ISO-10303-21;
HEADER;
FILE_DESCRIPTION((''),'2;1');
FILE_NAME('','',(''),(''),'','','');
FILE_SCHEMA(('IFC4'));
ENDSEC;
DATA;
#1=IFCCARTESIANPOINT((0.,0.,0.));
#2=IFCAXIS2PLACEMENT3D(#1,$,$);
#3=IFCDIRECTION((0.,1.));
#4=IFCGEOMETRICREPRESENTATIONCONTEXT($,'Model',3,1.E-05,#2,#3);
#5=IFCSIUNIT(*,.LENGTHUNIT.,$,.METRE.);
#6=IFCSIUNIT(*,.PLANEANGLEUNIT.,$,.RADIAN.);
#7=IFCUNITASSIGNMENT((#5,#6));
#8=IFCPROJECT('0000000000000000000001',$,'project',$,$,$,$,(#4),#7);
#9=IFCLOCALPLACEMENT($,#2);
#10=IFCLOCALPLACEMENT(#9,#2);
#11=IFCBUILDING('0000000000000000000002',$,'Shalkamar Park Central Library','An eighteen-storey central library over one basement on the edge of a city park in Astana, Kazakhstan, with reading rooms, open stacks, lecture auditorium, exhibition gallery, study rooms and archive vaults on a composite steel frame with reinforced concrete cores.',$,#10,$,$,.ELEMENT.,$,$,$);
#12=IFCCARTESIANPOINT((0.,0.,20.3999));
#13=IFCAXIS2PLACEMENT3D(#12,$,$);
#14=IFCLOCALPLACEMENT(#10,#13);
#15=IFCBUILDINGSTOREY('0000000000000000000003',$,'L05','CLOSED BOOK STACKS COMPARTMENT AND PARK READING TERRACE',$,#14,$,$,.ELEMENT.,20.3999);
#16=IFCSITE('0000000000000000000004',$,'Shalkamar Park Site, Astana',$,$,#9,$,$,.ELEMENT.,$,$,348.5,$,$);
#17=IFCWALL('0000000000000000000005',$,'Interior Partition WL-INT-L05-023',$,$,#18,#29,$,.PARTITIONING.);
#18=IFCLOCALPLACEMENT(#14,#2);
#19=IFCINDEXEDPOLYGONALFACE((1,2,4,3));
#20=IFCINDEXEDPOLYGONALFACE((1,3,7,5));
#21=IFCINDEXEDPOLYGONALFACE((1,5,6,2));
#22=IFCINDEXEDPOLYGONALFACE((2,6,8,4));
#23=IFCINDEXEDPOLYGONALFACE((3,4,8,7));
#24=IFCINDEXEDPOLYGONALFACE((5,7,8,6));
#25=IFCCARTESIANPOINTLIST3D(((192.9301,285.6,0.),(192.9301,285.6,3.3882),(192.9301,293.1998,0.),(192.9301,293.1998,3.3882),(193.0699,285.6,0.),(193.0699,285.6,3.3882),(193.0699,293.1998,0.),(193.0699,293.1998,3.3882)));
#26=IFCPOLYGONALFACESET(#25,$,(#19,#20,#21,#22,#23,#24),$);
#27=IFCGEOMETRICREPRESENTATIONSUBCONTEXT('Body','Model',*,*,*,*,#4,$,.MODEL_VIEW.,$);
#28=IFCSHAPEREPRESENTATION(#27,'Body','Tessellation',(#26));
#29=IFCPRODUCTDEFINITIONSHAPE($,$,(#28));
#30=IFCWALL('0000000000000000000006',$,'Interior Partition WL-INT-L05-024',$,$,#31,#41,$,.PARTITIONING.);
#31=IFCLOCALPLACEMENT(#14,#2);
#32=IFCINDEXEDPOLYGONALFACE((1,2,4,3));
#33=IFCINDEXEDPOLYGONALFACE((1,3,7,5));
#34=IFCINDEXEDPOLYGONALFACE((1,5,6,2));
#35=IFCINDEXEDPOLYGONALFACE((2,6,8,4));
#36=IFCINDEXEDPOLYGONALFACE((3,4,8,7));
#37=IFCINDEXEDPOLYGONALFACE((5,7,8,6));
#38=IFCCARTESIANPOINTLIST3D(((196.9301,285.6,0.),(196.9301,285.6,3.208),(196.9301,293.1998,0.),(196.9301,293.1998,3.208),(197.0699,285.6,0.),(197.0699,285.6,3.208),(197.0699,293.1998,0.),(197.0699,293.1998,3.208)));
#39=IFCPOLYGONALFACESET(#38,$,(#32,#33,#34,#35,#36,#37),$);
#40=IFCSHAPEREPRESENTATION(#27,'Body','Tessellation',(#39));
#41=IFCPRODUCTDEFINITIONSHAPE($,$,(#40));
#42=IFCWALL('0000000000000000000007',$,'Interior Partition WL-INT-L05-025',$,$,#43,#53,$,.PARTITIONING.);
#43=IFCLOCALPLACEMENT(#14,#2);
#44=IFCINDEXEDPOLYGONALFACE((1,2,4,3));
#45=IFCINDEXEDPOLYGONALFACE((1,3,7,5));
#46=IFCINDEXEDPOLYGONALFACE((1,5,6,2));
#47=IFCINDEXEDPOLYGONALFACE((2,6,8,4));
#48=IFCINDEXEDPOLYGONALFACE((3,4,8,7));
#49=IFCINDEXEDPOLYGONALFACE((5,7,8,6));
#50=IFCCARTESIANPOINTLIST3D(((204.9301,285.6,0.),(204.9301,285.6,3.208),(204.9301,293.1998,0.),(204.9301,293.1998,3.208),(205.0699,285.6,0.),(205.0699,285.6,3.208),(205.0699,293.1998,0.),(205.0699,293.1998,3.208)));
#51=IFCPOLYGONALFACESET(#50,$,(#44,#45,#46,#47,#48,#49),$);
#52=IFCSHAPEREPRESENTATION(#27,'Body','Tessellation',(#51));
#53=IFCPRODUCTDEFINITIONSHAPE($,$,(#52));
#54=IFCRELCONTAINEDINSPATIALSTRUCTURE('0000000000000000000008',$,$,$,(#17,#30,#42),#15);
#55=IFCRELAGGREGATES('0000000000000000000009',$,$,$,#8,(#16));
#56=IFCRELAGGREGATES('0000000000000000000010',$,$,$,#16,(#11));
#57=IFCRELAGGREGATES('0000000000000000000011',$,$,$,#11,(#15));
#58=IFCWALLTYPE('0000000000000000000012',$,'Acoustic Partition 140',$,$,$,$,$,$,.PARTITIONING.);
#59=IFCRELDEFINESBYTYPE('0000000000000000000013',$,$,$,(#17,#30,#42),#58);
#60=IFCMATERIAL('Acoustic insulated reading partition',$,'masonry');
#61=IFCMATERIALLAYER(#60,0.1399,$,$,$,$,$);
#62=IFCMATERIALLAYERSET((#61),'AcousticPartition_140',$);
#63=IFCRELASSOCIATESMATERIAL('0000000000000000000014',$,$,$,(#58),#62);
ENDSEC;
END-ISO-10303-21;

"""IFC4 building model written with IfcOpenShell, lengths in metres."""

from ifc_helpers import new_model, si_unit, direction, frame, frame_2d, origin, place, context, subcontext, project, spatial, rectangle, extrude, material, layer, layer_set, type_object, element, save


model = new_model("IFC4")

# Units and contexts
model_context = context("Model", 3, precision=1e-05, world=origin(), true_north=direction((0.0, 1.0)))
body_context = subcontext(model_context, "Body", "Model", "MODEL_VIEW")
ifc_project = project(units=[si_unit("LENGTHUNIT", "METRE"), si_unit("PLANEANGLEUNIT", "RADIAN")], contexts=[model_context])

# Site, building, storey
site_placement = place(None, origin())
site = spatial("IfcSite", under=ifc_project, at=site_placement, Name="Shalkamar Park Site, Astana", CompositionType="ELEMENT", RefElevation=348.5)
building_placement = place(site_placement, origin())
building = spatial("IfcBuilding", under=site, at=building_placement, Name="Shalkamar Park Central Library", Description="An eighteen-storey central library over one basement on the edge of a city park in Astana, Kazakhstan, with reading rooms, open stacks, lecture auditorium, exhibition gallery, study rooms and archive vaults on a composite steel frame with reinforced concrete cores.", CompositionType="ELEMENT")
storey_placement = place(building_placement, frame((0.0, 0.0, 20.3999)))
storey = spatial("IfcBuildingStorey", under=building, at=storey_placement, Name="L05", Description="CLOSED BOOK STACKS COMPARTMENT AND PARK READING TERRACE", CompositionType="ELEMENT", Elevation=20.3999)

# Walls
ifc_material_1 = material(Name="Acoustic insulated reading partition", Category="masonry")
ifc_layer_1 = layer(ifc_material_1, 0.1399)
ifc_layer_set_1 = layer_set([ifc_layer_1], Name="AcousticPartition_140")
wall_type = type_object("IfcWallType", Name="Acoustic Partition 140", PredefinedType="PARTITIONING", material=ifc_layer_set_1)
wall_placement = place(storey_placement, frame((193.0, 285.6001, 0.0), z_axis=(0.0, 0.0, 1.0), x_axis=(0.0, 1.0, 0.0)))
element("IfcWall", 1, at=wall_placement, inside=storey, type_object=wall_type, Name="Interior Partition WL-INT-L05-023", PredefinedType="PARTITIONING", context=body_context, shape_type="SweptSolid", body=[
    extrude(rectangle(XDim=7.5999, YDim=0.1399, at=frame_2d((3.7998, 0.0))), origin(), (0.0, 0.0, 1.0), 3.3882),
])
for number, where, z_axis, x_axis, name in (
    (2, (197.0, 285.6001, 0.0), (0.0, 0.0, 1.0), (0.0, 1.0, 0.0), "Interior Partition WL-INT-L05-024"),
    (3, (205.0, 285.6001, 0.0), (0.0, 0.0, 1.0), (0.0, 1.0, 0.0), "Interior Partition WL-INT-L05-025"),
):
    element("IfcWall", number, at=place(storey_placement, frame(where, z_axis=z_axis, x_axis=x_axis)), inside=storey, type_object=wall_type, Name=name, PredefinedType="PARTITIONING", context=body_context, shape_type="SweptSolid", body=[
        extrude(rectangle(XDim=7.5999, YDim=0.1399, at=frame_2d((3.7998, 0.0))), origin(), (0.0, 0.0, 1.0), 3.208),
    ])

save(model, "model.ifc")
